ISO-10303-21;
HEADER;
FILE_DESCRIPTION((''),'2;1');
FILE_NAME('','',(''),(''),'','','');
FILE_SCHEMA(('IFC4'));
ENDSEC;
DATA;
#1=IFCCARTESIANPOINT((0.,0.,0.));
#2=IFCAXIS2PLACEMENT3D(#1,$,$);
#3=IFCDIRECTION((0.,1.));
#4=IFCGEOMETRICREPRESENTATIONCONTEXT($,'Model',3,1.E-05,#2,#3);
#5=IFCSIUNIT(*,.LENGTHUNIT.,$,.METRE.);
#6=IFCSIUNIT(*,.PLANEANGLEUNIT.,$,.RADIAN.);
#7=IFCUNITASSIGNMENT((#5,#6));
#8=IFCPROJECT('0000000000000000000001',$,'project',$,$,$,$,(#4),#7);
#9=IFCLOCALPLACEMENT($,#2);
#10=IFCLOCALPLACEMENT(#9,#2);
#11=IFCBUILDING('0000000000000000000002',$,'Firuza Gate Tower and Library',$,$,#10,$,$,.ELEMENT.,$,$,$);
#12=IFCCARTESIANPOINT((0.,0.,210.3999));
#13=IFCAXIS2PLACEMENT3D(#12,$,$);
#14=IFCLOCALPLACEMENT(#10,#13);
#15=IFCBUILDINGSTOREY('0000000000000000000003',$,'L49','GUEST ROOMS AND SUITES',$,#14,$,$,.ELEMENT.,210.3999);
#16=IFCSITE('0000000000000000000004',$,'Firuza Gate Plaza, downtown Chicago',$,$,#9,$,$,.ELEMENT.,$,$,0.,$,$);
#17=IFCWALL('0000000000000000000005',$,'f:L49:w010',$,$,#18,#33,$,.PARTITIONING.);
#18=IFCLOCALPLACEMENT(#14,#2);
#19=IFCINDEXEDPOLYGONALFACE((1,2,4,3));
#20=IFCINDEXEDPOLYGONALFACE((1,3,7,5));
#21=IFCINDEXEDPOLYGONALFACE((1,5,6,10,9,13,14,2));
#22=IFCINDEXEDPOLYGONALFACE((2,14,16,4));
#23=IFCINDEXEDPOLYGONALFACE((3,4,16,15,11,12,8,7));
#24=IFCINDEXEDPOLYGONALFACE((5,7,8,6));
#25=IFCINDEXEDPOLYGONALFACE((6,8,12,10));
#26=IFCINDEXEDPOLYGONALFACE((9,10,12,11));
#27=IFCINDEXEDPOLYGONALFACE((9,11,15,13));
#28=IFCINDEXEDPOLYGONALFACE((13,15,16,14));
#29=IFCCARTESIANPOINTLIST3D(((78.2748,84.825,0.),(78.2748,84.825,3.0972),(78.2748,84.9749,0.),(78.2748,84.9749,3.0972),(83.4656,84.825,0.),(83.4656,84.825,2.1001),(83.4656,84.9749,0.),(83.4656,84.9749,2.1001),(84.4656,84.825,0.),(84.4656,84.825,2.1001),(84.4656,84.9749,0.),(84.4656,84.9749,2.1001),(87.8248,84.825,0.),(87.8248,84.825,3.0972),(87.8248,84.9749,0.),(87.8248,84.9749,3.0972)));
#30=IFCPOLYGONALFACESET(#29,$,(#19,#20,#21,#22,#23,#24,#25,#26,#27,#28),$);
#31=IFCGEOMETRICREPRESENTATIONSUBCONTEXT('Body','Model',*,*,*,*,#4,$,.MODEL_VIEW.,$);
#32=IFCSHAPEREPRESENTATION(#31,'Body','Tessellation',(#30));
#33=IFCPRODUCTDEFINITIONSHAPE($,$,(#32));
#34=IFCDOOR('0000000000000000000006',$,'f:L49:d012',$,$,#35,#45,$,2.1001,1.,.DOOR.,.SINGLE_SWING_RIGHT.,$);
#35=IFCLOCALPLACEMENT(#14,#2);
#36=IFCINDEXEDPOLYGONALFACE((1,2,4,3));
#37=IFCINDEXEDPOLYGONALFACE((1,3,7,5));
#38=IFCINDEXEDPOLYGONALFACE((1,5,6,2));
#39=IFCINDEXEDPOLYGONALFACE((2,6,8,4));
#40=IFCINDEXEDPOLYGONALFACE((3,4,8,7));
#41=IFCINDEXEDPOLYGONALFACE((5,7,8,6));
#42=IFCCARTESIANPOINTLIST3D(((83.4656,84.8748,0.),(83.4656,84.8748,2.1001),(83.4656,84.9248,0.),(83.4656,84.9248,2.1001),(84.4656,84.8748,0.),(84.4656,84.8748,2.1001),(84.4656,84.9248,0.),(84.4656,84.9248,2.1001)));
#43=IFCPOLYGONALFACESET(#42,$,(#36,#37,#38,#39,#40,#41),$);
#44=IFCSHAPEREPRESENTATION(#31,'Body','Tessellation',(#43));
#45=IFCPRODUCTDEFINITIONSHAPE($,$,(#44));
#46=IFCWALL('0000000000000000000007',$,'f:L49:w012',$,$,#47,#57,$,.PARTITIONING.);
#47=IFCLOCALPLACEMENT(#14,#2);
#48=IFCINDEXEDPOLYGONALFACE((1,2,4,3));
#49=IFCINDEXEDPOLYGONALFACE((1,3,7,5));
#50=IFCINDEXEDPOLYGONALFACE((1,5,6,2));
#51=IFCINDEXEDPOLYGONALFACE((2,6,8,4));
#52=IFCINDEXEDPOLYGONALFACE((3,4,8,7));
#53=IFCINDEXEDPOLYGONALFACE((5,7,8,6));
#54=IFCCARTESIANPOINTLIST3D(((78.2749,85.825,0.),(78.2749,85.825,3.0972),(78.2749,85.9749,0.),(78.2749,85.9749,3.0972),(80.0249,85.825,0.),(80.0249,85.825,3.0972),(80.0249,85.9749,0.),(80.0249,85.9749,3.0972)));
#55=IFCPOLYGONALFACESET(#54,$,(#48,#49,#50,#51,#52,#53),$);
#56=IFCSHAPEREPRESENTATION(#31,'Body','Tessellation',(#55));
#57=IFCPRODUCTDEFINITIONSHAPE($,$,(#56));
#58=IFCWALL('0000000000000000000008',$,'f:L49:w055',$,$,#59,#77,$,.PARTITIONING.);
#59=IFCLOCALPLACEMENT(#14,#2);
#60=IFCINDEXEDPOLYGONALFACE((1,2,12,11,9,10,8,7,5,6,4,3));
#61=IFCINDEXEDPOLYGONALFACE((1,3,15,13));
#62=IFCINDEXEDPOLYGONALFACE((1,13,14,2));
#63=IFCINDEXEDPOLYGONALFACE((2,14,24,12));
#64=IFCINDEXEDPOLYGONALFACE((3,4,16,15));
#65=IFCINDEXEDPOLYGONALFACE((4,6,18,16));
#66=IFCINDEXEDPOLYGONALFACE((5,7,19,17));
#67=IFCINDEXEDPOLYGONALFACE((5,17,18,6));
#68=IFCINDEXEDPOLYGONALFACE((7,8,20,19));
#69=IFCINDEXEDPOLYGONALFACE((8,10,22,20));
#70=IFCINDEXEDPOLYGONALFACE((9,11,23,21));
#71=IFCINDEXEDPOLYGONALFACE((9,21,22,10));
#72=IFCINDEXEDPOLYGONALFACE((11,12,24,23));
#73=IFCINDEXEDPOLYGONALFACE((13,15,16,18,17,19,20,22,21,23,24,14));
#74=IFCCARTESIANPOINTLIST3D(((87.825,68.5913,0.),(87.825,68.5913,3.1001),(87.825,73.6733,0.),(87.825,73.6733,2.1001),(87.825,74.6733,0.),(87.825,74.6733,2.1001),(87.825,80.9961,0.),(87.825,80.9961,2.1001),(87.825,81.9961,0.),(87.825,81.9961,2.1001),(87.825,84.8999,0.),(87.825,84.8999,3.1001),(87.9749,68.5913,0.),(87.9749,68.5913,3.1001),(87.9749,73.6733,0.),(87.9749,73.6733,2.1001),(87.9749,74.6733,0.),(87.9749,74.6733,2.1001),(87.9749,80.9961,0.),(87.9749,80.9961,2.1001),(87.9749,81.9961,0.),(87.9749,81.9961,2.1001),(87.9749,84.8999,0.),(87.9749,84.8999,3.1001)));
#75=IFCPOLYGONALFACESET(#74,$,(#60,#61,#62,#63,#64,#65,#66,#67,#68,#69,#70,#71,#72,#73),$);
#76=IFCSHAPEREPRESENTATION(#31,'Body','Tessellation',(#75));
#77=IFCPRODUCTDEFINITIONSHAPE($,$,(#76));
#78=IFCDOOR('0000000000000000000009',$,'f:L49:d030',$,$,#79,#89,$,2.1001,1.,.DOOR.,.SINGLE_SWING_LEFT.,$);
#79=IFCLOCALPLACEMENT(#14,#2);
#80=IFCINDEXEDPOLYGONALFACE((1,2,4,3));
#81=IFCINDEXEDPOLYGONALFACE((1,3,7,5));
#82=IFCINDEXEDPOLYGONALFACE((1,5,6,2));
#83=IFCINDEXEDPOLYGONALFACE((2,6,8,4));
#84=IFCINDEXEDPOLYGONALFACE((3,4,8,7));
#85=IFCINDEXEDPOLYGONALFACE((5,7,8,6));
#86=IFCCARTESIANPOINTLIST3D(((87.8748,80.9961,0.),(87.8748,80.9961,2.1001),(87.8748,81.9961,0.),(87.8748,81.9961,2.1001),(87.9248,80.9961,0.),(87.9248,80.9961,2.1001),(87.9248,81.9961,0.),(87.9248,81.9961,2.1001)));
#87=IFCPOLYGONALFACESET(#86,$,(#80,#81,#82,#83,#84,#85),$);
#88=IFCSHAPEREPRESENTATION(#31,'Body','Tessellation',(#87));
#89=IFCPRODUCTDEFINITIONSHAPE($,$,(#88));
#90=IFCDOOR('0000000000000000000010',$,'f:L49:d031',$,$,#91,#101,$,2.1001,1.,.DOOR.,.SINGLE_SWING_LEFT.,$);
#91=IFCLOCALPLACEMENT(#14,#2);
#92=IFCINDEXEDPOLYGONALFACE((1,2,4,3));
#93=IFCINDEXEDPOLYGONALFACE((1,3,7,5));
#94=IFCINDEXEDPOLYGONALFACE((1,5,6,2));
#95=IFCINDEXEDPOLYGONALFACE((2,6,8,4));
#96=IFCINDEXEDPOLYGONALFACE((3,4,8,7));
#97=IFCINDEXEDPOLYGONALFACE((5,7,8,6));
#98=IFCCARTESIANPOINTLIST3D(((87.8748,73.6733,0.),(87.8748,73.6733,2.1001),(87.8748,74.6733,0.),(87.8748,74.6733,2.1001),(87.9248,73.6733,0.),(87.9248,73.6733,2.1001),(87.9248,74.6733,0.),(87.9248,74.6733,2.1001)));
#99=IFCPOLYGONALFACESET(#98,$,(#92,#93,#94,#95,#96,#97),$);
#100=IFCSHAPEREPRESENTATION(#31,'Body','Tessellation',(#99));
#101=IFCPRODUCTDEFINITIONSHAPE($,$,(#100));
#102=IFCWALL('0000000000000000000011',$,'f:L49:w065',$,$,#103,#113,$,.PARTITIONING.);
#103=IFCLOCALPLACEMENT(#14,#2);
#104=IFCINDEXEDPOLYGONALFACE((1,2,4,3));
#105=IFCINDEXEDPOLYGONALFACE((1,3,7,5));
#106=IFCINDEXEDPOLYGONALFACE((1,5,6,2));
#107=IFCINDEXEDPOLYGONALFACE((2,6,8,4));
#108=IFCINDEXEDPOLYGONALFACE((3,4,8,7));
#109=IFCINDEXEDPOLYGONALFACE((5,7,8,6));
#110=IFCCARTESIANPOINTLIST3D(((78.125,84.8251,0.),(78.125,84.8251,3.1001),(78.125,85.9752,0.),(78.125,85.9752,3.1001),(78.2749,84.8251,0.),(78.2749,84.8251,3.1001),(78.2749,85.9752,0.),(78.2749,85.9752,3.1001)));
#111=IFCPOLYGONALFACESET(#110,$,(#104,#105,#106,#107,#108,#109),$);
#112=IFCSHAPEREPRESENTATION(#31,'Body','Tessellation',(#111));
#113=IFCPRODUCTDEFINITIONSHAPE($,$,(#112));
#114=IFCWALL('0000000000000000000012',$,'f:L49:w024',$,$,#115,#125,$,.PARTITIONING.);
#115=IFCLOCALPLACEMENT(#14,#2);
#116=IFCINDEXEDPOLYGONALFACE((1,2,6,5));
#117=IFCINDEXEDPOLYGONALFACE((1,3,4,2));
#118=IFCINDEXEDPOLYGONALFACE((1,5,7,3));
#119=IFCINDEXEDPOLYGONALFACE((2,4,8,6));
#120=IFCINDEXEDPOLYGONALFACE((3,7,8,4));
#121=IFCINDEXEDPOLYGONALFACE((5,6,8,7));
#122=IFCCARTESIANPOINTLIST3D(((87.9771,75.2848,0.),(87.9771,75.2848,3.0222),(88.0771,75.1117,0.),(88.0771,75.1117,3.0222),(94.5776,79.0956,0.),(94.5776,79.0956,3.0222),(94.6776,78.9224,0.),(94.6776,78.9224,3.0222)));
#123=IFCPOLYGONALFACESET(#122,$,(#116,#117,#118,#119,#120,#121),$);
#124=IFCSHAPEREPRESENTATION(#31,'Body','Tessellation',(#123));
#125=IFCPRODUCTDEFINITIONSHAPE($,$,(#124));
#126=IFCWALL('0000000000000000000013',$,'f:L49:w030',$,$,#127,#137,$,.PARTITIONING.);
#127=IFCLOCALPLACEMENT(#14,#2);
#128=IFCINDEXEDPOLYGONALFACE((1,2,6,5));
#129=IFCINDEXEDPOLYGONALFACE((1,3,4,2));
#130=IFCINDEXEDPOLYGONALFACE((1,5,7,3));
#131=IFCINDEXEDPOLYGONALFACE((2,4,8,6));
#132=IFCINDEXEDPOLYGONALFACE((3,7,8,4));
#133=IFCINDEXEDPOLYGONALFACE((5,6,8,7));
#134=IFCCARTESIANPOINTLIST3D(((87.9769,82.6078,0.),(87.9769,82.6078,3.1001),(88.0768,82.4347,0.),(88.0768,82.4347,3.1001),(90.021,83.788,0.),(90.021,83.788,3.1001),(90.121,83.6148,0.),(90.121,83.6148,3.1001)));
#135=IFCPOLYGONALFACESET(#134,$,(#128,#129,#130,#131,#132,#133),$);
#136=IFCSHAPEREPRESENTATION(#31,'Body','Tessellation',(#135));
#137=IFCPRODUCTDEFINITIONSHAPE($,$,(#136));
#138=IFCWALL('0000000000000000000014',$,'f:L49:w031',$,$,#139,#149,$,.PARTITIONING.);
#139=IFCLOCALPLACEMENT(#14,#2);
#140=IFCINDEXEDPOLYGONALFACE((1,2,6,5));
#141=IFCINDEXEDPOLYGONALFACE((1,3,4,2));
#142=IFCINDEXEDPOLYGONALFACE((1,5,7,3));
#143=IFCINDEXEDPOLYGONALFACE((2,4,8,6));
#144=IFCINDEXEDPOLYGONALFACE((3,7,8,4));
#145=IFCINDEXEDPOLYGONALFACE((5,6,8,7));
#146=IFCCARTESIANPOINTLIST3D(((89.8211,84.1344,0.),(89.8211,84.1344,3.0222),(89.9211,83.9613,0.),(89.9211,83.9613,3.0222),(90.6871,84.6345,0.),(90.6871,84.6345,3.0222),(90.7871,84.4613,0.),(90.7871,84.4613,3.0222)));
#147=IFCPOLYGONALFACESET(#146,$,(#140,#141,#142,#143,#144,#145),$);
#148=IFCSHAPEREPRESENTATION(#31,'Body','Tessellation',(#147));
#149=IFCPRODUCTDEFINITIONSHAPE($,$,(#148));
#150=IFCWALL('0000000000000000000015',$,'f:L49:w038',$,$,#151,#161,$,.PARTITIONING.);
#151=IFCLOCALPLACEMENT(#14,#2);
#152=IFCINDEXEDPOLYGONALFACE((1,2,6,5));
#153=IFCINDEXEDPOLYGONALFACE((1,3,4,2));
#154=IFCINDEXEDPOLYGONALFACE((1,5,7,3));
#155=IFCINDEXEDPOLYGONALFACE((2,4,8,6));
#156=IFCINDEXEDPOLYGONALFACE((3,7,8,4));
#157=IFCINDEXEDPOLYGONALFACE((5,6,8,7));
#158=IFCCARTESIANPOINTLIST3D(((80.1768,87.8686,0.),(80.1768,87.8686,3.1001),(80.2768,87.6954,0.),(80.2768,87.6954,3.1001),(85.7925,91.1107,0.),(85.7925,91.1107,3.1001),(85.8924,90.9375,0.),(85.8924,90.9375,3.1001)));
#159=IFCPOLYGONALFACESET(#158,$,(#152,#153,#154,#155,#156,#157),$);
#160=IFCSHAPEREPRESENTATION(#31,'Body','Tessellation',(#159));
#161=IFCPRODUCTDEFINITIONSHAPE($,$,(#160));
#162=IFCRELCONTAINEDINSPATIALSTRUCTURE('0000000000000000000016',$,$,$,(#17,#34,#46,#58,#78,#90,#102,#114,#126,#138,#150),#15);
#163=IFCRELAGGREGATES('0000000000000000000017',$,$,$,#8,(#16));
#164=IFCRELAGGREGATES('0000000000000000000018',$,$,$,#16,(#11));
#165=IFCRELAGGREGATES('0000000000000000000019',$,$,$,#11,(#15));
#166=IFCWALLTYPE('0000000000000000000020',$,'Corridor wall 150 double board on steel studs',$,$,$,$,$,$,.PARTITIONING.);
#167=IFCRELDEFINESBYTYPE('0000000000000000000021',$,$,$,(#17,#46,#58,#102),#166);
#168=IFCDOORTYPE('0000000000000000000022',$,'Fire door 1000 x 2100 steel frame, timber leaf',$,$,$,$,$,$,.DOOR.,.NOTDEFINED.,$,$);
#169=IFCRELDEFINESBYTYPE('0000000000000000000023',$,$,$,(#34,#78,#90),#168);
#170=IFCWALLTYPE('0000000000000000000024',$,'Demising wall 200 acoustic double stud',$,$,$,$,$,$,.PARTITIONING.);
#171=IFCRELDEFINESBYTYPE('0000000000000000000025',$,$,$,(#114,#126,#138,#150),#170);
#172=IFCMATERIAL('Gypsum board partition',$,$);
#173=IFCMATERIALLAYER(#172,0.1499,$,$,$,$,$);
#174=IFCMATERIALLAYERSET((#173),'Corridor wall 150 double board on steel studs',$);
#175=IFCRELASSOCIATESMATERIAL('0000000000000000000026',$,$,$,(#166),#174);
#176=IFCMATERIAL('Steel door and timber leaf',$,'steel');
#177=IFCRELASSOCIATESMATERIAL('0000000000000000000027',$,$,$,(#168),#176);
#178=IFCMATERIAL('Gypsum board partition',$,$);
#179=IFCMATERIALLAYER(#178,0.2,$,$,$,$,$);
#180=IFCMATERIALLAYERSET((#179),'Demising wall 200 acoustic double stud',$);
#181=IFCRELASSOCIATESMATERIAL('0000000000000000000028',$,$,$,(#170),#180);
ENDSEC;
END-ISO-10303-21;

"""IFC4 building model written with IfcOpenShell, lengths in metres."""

from ifc_helpers import new_model, si_unit, direction, frame, frame_2d, origin, place, context, subcontext, project, spatial, rectangle, extrude, material, layer, layer_set, type_object, element, fill, save


model = new_model("IFC4")

# Units and contexts
model_context = context("Model", 3, precision=1e-05, world=origin(), true_north=direction((0.0, 1.0)))
body_context = subcontext(model_context, "Body", "Model", "MODEL_VIEW")
ifc_project = project(units=[si_unit("LENGTHUNIT", "METRE"), si_unit("PLANEANGLEUNIT", "RADIAN")], contexts=[model_context])

# Site, building, storey
site_placement = place(None, origin())
site = spatial("IfcSite", under=ifc_project, at=site_placement, Name="Firuza Gate Plaza, downtown Chicago", CompositionType="ELEMENT", RefElevation=0.0)
building_placement = place(site_placement, origin())
building = spatial("IfcBuilding", under=site, at=building_placement, Name="Firuza Gate Tower and Library", CompositionType="ELEMENT")
storey_placement = place(building_placement, frame((0.0, 0.0, 210.3999)))
storey = spatial("IfcBuildingStorey", under=building, at=storey_placement, Name="L49", Description="GUEST ROOMS AND SUITES", CompositionType="ELEMENT", Elevation=210.3999)

# Wall, opening, door
ifc_material_1 = material(Name="Gypsum board partition")
ifc_layer_1 = layer(ifc_material_1, 0.1499)
ifc_layer_set_1 = layer_set([ifc_layer_1], Name="Corridor wall 150 double board on steel studs")
wall_type_1 = type_object("IfcWallType", Name="Corridor wall 150 double board on steel studs", PredefinedType="PARTITIONING", material=ifc_layer_set_1)
wall_1_placement = place(storey_placement, frame((78.2749, 84.8999, 0.0), z_axis=(0.0, 0.0, 1.0), x_axis=(1.0, 0.0, 0.0)))
wall_1 = element("IfcWall", 1, at=wall_1_placement, inside=storey, type_object=wall_type_1, Name="f:L49:w010", PredefinedType="PARTITIONING", context=body_context, shape_type="SweptSolid", body=[
    extrude(rectangle(XDim=9.55, YDim=0.1499, at=frame_2d((4.7749, 0.0))), origin(), (0.0, 0.0, 1.0), 3.0972),
])
opening_1_placement = place(wall_1_placement, frame((5.1907, 0.0, 0.0)))
opening_1 = element("IfcOpeningElement", 2, at=opening_1_placement, cuts=wall_1, PredefinedType="OPENING", context=body_context, shape_type="SweptSolid", body=[
    extrude(rectangle(XDim=1.0, YDim=2.1001, at=frame_2d((0.5, 1.05))), frame((0.0, 0.085, 0.0), z_axis=(0.0, -1.0, 0.0), x_axis=(1.0, 0.0, 0.0)), (0.0, 0.0, 1.0), 0.1699),
])
ifc_material_2 = material(Name="Steel door and timber leaf", Category="steel")
door_type_1 = type_object("IfcDoorType", Name="Fire door 1000 x 2100 steel frame, timber leaf", OperationType="NOTDEFINED", PredefinedType="DOOR", material=ifc_material_2)
door_1_placement = place(opening_1_placement, origin())
door_1 = element("IfcDoor", 3, at=door_1_placement, inside=storey, type_object=door_type_1, Name="f:L49:d012", OperationType="SINGLE_SWING_RIGHT", OverallHeight=2.1001, OverallWidth=1.0, PredefinedType="DOOR", context=body_context, shape_type="SweptSolid", body=[
    extrude(rectangle(XDim=1.0, YDim=2.1001, at=frame_2d((0.5, 1.05))), frame((0.0, 0.0249, 0.0), z_axis=(0.0, -1.0, 0.0), x_axis=(1.0, 0.0, 0.0)), (0.0, 0.0, 1.0), 0.05),
])
fill(opening_1, door_1)

# Wall
wall_2_placement = place(storey_placement, frame((78.2749, 85.8999, 0.0), z_axis=(0.0, 0.0, 1.0), x_axis=(1.0, 0.0, 0.0)))
element("IfcWall", 4, at=wall_2_placement, inside=storey, type_object=wall_type_1, Name="f:L49:w012", PredefinedType="PARTITIONING", context=body_context, shape_type="SweptSolid", body=[
    extrude(rectangle(XDim=1.75, YDim=0.1499, at=frame_2d((0.875, 0.0))), origin(), (0.0, 0.0, 1.0), 3.0972),
])

# Wall, openings, doors
wall_3_placement = place(storey_placement, frame((87.8999, 84.8999, 0.0), z_axis=(0.0, 0.0, 1.0), x_axis=(0.0, -1.0, 0.0)))
wall_3 = element("IfcWall", 5, at=wall_3_placement, inside=storey, type_object=wall_type_1, Name="f:L49:w055", PredefinedType="PARTITIONING", context=body_context, shape_type="SweptSolid", body=[
    extrude(rectangle(XDim=16.3086, YDim=0.1499, at=frame_2d((8.1543, 0.0))), origin(), (0.0, 0.0, 1.0), 3.1001),
])
opening_2_placement = place(wall_3_placement, frame((2.9038, 0.0, 0.0)))
opening_2 = element("IfcOpeningElement", 6, at=opening_2_placement, cuts=wall_3, PredefinedType="OPENING", context=body_context, shape_type="SweptSolid", body=[
    extrude(rectangle(XDim=1.0, YDim=2.1001, at=frame_2d((0.5, 1.05))), frame((0.0, 0.085, 0.0), z_axis=(0.0, -1.0, 0.0), x_axis=(1.0, 0.0, 0.0)), (0.0, 0.0, 1.0), 0.1699),
])
opening_3_placement = place(wall_3_placement, frame((10.2266, 0.0, 0.0)))
opening_3 = element("IfcOpeningElement", 7, at=opening_3_placement, cuts=wall_3, PredefinedType="OPENING", context=body_context, shape_type="SweptSolid", body=[
    extrude(rectangle(XDim=1.0, YDim=2.1001, at=frame_2d((0.5, 1.05))), frame((0.0, 0.085, 0.0), z_axis=(0.0, -1.0, 0.0), x_axis=(1.0, 0.0, 0.0)), (0.0, 0.0, 1.0), 0.1699),
])
door_2_placement = place(opening_2_placement, origin())
door_2 = element("IfcDoor", 8, at=door_2_placement, inside=storey, type_object=door_type_1, Name="f:L49:d030", OperationType="SINGLE_SWING_LEFT", OverallHeight=2.1001, OverallWidth=1.0, PredefinedType="DOOR", context=body_context, shape_type="SweptSolid", body=[
    extrude(rectangle(XDim=1.0, YDim=2.1001, at=frame_2d((0.5, 1.05))), frame((0.0, 0.0249, 0.0), z_axis=(0.0, -1.0, 0.0), x_axis=(1.0, 0.0, 0.0)), (0.0, 0.0, 1.0), 0.05),
])
fill(opening_2, door_2)
door_3_placement = place(opening_3_placement, origin())
door_3 = element("IfcDoor", 9, at=door_3_placement, inside=storey, type_object=door_type_1, Name="f:L49:d031", OperationType="SINGLE_SWING_LEFT", OverallHeight=2.1001, OverallWidth=1.0, PredefinedType="DOOR", context=body_context, shape_type="SweptSolid", body=[
    extrude(rectangle(XDim=1.0, YDim=2.1001, at=frame_2d((0.5, 1.05))), frame((0.0, 0.0249, 0.0), z_axis=(0.0, -1.0, 0.0), x_axis=(1.0, 0.0, 0.0)), (0.0, 0.0, 1.0), 0.05),
])
fill(opening_3, door_3)

# Walls
wall_4_placement = place(storey_placement, frame((78.2, 84.825, 0.0), z_axis=(0.0, 0.0, 1.0), x_axis=(0.0, 1.0, 0.0)))
element("IfcWall", 10, at=wall_4_placement, inside=storey, type_object=wall_type_1, Name="f:L49:w065", PredefinedType="PARTITIONING", context=body_context, shape_type="SweptSolid", body=[
    extrude(rectangle(XDim=1.1501, YDim=0.1499, at=frame_2d((0.5752, 0.0))), origin(), (0.0, 0.0, 1.0), 3.1001),
])
ifc_material_3 = material(Name="Gypsum board partition")
ifc_layer_2 = layer(ifc_material_3, 0.2)
ifc_layer_set_2 = layer_set([ifc_layer_2], Name="Demising wall 200 acoustic double stud")
wall_type_2 = type_object("IfcWallType", Name="Demising wall 200 acoustic double stud", PredefinedType="PARTITIONING", material=ifc_layer_set_2)
wall_5_placement = place(storey_placement, frame((88.0271, 75.1982, 0.0), z_axis=(0.0, 0.0, 1.0), x_axis=(0.866029, 0.499994, 0.0)))
element("IfcWall", 11, at=wall_5_placement, inside=storey, type_object=wall_type_2, Name="f:L49:w024", PredefinedType="PARTITIONING", context=body_context, shape_type="SweptSolid", body=[
    extrude(rectangle(XDim=7.6216, YDim=0.2, at=frame_2d((3.8108, 0.0))), origin(), (0.0, 0.0, 1.0), 3.0222),
])
wall_6_placement = place(storey_placement, frame((88.0269, 82.5212, 0.0), z_axis=(0.0, 0.0, 1.0), x_axis=(0.866032, 0.499988, 0.0)))
element("IfcWall", 12, at=wall_6_placement, inside=storey, type_object=wall_type_2, Name="f:L49:w030", PredefinedType="PARTITIONING", context=body_context, shape_type="SweptSolid", body=[
    extrude(rectangle(XDim=2.3604, YDim=0.2, at=frame_2d((1.1802, 0.0))), origin(), (0.0, 0.0, 1.0), 3.1001),
])
wall_7_placement = place(storey_placement, frame((89.8711, 84.0479, 0.0), z_axis=(0.0, 0.0, 1.0), x_axis=(0.866011, 0.500025, 0.0)))
element("IfcWall", 13, at=wall_7_placement, inside=storey, type_object=wall_type_2, Name="f:L49:w031", PredefinedType="PARTITIONING", context=body_context, shape_type="SweptSolid", body=[
    extrude(rectangle(XDim=1.0, YDim=0.2, at=frame_2d((0.5, 0.0))), origin(), (0.0, 0.0, 1.0), 3.0222),
])
wall_8_placement = place(storey_placement, frame((80.2268, 87.782, 0.0), z_axis=(0.0, 0.0, 1.0), x_axis=(0.866029, 0.499994, 0.0)))
element("IfcWall", 14, at=wall_8_placement, inside=storey, type_object=wall_type_2, Name="f:L49:w038", PredefinedType="PARTITIONING", context=body_context, shape_type="SweptSolid", body=[
    extrude(rectangle(XDim=6.4844, YDim=0.2, at=frame_2d((3.2422, 0.0))), origin(), (0.0, 0.0, 1.0), 3.1001),
])

save(model, "model.ifc")
